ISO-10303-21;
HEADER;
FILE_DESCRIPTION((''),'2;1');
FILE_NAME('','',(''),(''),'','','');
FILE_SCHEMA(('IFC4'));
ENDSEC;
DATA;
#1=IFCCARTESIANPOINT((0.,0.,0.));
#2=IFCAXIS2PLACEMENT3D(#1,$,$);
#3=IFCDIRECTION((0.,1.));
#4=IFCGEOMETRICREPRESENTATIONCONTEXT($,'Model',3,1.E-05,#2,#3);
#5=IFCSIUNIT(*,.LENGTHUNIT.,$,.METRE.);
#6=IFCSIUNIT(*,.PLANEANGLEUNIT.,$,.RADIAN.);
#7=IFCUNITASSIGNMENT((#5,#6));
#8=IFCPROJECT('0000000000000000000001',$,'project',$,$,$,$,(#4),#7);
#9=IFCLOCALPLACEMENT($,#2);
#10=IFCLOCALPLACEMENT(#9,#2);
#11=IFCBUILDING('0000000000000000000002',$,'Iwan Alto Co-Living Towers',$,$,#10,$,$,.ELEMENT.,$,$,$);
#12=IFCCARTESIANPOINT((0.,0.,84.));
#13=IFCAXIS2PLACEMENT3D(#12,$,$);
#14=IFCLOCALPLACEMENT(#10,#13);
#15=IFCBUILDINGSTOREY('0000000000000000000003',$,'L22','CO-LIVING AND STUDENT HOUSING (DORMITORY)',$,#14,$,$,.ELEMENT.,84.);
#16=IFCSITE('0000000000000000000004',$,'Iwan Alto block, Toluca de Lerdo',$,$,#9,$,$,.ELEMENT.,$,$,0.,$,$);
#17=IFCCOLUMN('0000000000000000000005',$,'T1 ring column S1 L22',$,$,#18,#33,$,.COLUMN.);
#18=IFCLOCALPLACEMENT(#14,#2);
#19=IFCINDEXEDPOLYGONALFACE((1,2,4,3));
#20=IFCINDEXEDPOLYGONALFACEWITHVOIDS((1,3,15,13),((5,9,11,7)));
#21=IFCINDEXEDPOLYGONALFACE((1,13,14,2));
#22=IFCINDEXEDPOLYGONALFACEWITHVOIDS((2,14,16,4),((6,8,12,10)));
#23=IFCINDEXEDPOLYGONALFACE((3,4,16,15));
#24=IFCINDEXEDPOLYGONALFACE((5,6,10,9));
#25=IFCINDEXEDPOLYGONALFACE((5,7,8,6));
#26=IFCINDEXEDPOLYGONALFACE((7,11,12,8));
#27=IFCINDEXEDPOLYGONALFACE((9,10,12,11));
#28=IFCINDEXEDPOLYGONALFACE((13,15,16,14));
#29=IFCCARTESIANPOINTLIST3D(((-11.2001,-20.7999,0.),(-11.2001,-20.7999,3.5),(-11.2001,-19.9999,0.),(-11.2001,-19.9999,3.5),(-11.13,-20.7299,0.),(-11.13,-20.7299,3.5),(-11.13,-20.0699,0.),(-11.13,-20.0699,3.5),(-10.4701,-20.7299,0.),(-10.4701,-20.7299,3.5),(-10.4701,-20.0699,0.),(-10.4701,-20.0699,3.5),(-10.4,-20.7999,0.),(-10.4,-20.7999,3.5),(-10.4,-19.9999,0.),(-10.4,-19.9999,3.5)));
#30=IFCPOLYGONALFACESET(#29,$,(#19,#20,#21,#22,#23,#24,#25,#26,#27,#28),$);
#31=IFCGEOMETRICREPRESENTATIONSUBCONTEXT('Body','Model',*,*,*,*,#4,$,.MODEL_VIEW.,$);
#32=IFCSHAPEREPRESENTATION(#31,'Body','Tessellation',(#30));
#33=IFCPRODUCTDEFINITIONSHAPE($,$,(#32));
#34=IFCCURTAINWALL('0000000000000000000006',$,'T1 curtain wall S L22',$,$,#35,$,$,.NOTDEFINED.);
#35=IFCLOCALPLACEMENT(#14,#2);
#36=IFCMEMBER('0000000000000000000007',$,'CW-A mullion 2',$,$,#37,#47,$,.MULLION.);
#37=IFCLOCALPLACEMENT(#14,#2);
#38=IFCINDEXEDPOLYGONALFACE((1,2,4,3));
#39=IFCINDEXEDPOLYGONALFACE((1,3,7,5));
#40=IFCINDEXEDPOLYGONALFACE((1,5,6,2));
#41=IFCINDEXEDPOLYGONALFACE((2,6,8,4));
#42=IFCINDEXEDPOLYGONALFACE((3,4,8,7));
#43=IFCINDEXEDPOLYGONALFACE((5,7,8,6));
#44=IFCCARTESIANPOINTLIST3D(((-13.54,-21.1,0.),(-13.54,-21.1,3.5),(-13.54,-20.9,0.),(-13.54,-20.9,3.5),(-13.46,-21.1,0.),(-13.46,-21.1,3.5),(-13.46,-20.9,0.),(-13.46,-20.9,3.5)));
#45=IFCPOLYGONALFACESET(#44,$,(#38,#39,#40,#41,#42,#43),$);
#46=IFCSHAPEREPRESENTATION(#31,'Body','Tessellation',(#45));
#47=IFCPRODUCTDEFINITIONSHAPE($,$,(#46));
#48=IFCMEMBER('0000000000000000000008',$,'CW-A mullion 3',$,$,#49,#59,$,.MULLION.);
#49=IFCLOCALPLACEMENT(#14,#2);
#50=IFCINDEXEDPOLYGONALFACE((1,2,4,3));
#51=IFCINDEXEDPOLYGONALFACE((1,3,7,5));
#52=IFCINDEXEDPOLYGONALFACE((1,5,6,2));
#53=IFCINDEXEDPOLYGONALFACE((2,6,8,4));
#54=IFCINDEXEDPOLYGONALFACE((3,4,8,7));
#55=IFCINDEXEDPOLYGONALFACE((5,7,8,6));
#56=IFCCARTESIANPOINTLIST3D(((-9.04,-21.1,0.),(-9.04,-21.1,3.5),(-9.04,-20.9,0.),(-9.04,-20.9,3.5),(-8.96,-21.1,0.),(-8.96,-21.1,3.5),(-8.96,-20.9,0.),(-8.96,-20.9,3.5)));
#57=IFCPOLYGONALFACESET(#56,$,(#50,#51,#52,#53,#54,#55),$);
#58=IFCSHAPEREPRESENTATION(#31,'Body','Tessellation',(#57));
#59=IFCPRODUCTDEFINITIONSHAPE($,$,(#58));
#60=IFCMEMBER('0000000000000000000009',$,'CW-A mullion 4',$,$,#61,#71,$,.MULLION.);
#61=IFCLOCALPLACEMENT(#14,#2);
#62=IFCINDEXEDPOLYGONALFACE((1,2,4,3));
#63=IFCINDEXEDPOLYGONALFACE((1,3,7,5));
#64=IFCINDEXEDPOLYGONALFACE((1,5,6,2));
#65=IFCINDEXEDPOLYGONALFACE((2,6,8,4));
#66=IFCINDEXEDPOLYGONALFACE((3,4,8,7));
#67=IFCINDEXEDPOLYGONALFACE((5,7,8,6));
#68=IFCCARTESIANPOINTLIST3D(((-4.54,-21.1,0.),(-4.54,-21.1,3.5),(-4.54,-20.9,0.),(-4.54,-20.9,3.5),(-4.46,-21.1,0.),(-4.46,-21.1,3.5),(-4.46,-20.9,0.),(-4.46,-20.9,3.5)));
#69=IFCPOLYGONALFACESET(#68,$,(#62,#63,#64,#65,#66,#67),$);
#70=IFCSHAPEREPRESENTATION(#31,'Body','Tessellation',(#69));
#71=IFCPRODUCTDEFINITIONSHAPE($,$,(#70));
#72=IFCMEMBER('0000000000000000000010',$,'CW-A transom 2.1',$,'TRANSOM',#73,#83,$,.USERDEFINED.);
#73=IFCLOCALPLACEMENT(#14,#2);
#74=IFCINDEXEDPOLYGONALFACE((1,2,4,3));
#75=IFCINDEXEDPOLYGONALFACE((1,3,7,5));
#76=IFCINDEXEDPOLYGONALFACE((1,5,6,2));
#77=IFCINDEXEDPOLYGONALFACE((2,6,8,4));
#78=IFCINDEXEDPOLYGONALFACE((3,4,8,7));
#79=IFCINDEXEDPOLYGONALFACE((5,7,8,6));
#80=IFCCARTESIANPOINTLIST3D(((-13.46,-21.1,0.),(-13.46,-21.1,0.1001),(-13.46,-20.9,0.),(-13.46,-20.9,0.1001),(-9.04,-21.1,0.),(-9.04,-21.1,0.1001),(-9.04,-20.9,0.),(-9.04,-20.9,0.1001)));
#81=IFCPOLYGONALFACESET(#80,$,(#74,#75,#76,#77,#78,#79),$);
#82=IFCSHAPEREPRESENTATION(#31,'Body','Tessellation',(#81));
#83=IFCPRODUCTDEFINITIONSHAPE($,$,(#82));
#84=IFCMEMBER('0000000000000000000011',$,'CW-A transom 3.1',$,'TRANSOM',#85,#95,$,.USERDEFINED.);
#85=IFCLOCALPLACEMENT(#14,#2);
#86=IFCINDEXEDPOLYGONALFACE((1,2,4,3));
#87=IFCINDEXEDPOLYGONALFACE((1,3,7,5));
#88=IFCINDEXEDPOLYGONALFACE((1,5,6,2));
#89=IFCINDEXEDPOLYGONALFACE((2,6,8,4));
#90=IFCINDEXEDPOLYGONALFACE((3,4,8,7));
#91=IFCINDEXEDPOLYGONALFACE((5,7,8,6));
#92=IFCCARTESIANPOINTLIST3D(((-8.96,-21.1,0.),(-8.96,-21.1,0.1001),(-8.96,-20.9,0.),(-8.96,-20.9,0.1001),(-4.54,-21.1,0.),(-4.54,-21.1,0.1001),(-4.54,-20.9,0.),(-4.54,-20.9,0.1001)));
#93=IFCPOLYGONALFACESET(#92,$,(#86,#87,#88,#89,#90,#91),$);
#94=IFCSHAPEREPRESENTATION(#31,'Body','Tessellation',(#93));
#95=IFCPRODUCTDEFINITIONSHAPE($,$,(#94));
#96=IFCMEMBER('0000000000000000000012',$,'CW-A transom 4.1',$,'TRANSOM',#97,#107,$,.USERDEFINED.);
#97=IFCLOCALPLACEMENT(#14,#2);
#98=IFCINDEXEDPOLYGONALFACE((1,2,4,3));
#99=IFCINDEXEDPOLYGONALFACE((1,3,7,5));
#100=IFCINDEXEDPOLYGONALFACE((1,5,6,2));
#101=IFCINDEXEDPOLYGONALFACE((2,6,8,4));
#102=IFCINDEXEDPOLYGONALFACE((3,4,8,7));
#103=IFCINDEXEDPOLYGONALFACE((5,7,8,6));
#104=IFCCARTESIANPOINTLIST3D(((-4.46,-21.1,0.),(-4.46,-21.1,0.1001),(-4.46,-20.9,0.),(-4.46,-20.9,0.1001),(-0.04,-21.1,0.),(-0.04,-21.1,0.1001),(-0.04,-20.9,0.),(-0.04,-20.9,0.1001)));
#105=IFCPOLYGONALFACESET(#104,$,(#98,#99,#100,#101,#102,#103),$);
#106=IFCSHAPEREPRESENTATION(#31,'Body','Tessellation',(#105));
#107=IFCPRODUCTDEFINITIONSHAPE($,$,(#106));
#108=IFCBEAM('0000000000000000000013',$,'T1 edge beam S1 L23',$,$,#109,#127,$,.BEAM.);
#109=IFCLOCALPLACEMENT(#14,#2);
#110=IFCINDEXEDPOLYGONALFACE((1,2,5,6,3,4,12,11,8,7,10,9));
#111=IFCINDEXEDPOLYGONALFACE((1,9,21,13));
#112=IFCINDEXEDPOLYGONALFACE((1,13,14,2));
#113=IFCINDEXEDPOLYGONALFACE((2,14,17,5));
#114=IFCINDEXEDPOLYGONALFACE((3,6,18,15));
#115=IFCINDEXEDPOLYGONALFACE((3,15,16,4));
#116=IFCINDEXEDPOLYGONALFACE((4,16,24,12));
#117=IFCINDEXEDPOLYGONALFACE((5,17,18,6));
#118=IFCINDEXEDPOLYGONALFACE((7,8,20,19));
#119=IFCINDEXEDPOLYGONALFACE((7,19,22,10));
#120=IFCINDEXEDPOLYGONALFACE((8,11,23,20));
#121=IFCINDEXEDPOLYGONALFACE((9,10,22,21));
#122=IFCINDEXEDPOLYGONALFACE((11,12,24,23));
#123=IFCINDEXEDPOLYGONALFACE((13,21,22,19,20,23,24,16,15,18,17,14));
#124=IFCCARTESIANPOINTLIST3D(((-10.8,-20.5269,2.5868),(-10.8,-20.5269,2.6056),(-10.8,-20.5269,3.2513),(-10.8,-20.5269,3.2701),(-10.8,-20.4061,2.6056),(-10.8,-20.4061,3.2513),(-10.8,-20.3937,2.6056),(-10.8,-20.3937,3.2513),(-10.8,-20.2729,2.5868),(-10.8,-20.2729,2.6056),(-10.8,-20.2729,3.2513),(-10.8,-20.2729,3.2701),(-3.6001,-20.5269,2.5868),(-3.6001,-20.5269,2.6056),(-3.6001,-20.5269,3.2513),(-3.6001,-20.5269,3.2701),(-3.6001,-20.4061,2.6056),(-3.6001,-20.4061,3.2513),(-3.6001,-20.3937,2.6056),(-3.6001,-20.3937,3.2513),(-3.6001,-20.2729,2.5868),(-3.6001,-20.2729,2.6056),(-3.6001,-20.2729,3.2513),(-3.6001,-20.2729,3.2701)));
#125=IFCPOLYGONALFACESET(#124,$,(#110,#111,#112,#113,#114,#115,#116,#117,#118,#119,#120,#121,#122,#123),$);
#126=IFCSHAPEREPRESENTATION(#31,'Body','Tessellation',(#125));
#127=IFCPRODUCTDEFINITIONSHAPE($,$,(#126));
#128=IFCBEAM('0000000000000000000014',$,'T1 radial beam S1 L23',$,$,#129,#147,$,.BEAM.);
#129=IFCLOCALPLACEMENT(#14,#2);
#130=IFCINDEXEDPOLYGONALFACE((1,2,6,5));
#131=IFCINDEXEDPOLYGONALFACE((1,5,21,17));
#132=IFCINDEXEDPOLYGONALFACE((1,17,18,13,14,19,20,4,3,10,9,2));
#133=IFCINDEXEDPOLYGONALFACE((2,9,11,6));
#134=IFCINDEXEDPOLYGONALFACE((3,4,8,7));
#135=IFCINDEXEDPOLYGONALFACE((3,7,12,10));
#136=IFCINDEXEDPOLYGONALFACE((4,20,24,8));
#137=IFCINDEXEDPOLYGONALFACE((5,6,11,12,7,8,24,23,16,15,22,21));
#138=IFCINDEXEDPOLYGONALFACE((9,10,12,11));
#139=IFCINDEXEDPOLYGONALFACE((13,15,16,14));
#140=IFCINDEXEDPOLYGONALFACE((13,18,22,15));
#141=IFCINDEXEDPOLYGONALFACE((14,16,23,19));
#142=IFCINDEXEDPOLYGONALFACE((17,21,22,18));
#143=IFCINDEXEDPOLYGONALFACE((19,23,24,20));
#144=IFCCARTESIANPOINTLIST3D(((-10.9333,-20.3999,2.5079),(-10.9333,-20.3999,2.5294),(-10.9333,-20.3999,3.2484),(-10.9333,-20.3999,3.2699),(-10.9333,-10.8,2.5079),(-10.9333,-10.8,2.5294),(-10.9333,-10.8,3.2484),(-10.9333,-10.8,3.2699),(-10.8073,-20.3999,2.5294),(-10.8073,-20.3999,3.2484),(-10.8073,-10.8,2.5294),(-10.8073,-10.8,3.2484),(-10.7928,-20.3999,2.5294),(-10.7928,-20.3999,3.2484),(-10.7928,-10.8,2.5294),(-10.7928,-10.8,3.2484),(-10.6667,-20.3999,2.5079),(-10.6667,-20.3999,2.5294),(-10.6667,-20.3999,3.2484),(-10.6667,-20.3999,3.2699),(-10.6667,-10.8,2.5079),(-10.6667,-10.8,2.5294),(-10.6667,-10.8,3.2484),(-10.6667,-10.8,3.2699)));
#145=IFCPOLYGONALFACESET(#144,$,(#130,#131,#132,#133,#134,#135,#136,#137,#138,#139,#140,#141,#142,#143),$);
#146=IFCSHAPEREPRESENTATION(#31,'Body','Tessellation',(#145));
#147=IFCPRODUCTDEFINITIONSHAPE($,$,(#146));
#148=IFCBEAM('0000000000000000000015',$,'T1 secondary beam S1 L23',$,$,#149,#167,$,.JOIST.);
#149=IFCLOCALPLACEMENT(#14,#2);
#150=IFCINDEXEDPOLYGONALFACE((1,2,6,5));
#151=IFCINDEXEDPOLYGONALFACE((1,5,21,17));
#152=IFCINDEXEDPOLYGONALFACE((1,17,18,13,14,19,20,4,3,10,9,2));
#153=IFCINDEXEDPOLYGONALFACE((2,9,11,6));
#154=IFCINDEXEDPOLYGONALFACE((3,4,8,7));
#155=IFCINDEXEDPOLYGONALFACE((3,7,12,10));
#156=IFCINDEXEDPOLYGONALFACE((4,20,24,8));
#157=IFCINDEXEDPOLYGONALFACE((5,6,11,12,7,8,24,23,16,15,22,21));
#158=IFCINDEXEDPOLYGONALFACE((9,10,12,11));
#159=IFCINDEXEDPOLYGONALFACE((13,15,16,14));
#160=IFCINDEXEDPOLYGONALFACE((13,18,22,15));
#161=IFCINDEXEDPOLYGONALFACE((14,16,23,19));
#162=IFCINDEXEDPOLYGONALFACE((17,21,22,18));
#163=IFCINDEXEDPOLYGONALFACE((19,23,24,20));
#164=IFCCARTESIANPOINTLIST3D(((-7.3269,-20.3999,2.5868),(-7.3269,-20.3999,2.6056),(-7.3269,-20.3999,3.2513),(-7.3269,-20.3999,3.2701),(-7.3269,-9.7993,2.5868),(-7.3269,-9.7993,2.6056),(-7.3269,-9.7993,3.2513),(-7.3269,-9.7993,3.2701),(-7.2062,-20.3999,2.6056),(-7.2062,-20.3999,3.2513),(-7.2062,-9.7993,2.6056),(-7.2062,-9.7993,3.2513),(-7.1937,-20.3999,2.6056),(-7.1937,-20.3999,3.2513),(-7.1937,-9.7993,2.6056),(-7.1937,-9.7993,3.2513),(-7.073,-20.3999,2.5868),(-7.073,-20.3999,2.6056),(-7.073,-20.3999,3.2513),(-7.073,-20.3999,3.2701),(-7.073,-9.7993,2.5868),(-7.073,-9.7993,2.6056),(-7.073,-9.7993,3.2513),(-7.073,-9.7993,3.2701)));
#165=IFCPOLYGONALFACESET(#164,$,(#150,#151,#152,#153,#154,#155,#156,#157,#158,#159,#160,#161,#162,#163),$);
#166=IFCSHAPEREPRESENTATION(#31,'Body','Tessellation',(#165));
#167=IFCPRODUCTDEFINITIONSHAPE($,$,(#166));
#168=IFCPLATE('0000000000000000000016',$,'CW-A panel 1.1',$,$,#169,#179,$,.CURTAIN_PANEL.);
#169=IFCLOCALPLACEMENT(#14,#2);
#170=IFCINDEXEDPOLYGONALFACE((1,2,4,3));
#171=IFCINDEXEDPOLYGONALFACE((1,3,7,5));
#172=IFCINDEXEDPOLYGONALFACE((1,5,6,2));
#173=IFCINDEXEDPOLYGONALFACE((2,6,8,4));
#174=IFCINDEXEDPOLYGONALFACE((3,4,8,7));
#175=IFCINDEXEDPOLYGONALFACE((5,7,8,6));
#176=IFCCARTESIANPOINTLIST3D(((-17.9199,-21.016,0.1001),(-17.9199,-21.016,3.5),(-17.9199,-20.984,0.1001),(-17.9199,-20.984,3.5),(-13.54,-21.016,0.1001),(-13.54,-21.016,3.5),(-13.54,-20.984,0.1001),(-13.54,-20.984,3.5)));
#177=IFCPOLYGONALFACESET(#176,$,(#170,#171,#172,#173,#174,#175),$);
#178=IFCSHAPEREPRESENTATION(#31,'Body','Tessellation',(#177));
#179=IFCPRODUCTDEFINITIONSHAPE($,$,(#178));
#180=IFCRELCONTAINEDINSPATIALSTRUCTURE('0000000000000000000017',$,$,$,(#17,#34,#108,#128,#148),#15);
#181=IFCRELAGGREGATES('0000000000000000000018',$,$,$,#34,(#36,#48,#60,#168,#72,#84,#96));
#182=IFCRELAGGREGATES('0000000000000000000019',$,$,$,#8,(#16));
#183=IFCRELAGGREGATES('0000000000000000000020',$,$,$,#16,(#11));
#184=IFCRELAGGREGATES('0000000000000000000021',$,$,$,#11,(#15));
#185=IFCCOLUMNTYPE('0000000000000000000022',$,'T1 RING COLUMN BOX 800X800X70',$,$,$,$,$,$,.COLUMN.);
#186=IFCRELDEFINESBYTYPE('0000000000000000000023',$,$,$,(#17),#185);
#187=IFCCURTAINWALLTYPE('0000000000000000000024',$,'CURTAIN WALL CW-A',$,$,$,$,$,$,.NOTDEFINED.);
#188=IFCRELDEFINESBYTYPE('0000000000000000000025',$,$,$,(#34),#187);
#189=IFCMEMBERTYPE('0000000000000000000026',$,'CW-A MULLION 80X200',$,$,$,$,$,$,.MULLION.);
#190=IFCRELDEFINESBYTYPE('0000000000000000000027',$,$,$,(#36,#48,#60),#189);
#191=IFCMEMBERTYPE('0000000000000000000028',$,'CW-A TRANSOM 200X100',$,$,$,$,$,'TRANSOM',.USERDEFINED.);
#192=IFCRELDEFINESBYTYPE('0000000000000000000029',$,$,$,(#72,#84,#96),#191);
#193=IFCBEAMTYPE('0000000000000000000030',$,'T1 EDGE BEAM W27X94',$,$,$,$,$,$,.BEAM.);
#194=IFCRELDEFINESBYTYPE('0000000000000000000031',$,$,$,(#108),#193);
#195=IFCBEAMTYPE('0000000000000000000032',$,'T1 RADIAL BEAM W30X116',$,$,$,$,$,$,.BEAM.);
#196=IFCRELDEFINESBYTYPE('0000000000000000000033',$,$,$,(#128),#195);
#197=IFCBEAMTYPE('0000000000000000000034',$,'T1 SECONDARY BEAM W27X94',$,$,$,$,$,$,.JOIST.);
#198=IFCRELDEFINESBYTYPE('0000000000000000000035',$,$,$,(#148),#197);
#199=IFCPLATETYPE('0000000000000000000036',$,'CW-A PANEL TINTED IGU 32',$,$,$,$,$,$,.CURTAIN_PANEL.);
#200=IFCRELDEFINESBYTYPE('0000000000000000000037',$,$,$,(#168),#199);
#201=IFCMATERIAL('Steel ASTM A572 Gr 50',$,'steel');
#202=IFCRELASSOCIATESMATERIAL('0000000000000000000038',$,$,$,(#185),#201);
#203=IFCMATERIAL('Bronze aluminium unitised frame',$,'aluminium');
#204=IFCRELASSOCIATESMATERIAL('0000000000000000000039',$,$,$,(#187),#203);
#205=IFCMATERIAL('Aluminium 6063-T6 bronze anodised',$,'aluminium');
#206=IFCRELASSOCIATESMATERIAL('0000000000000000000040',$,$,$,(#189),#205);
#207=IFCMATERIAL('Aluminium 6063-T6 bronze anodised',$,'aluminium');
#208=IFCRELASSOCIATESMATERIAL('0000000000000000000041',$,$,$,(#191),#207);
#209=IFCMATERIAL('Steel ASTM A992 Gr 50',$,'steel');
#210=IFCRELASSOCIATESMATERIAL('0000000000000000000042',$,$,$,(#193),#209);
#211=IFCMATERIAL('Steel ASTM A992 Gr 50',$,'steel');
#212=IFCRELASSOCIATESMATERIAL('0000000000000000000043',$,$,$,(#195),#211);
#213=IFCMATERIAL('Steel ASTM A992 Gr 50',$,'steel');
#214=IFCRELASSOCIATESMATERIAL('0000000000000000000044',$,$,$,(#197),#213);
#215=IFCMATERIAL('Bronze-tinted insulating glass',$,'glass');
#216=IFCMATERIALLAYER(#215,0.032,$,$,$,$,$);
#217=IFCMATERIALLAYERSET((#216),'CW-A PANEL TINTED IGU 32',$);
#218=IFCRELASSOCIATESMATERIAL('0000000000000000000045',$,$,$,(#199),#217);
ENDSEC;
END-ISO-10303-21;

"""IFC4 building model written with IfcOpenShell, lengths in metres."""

from ifc_helpers import new_model, si_unit, direction, frame, origin, origin_2d, place, context, subcontext, project, spatial, rectangle, hollow_rectangle, i_section, extrude, material, layer, layer_set, material_profile, profile_set, type_object, element, aggregate, save


model = new_model("IFC4")

# Units and contexts
model_context = context("Model", 3, precision=1e-05, world=origin(), true_north=direction((0.0, 1.0)))
body_context = subcontext(model_context, "Body", "Model", "MODEL_VIEW")
ifc_project = project(units=[si_unit("LENGTHUNIT", "METRE"), si_unit("PLANEANGLEUNIT", "RADIAN")], contexts=[model_context])

# Site, building, storey
site_placement = place(None, origin())
site = spatial("IfcSite", under=ifc_project, at=site_placement, Name="Iwan Alto block, Toluca de Lerdo", CompositionType="ELEMENT", RefElevation=0.0)
building_placement = place(site_placement, origin())
building = spatial("IfcBuilding", under=site, at=building_placement, Name="Iwan Alto Co-Living Towers", CompositionType="ELEMENT")
storey_placement = place(building_placement, frame((0.0, 0.0, 84.0)))
storey = spatial("IfcBuildingStorey", under=building, at=storey_placement, Name="L22", Description="CO-LIVING AND STUDENT HOUSING (DORMITORY)", CompositionType="ELEMENT", Elevation=84.0)

# Column
ifc_material_1 = material(Name="Steel ASTM A572 Gr 50", Category="steel")
ifc_material_profile_1 = material_profile(ifc_material_1, hollow_rectangle(XDim=0.8, YDim=0.8, WallThickness=0.0701, at=origin_2d()), Name="BOX 800X800X70")
ifc_profile_set_1 = profile_set([ifc_material_profile_1], Name="Steel ASTM A572 Gr 50")
column_type = type_object("IfcColumnType", Name="T1 RING COLUMN BOX 800X800X70", PredefinedType="COLUMN", material=ifc_profile_set_1)
column_placement = place(storey_placement, frame((-10.8, -20.3999, 0.0), z_axis=(0.0, 0.0, 1.0), x_axis=(1.0, 0.0, 0.0)))
element("IfcColumn", 1, at=column_placement, inside=storey, type_object=column_type, Name="T1 ring column S1 L22", PredefinedType="COLUMN", context=body_context, shape_type="SweptSolid", body=[
    extrude(hollow_rectangle(XDim=0.8, YDim=0.8, WallThickness=0.0701, at=origin_2d()), origin(), (0.0, 0.0, 1.0), 3.5),
])

# Curtain wall, members
ifc_material_2 = material(Name="Bronze aluminium unitised frame", Category="aluminium")
curtain_wall_type = type_object("IfcCurtainWallType", Name="CURTAIN WALL CW-A", PredefinedType="NOTDEFINED", material=ifc_material_2)
curtain_wall_placement = place(storey_placement, origin())
curtain_wall = element("IfcCurtainWall", 2, at=curtain_wall_placement, inside=storey, type_object=curtain_wall_type, Name="T1 curtain wall S L22", PredefinedType="NOTDEFINED")
ifc_material_3 = material(Name="Aluminium 6063-T6 bronze anodised", Category="aluminium")
ifc_material_profile_2 = material_profile(ifc_material_3, rectangle(XDim=0.2, YDim=0.0801, at=origin_2d()), Name="AL 80X200")
ifc_profile_set_2 = profile_set([ifc_material_profile_2], Name="Aluminium 6063-T6 bronze anodised")
member_type_1 = type_object("IfcMemberType", Name="CW-A MULLION 80X200", PredefinedType="MULLION", material=ifc_profile_set_2)
member_1_placement = place(storey_placement, frame((-13.5, -21.0, 0.0), z_axis=(0.0, 0.0, 1.0), x_axis=(0.0, 1.0, 0.0)))
member_1 = element("IfcMember", 3, at=member_1_placement, type_object=member_type_1, Name="CW-A mullion 2", PredefinedType="MULLION", context=body_context, shape_type="SweptSolid", body=[
    extrude(rectangle(XDim=0.2, YDim=0.0801, at=origin_2d()), origin(), (0.0, 0.0, 1.0), 3.5),
])
member_2_placement = place(storey_placement, frame((-9.0, -21.0, 0.0), z_axis=(0.0, 0.0, 1.0), x_axis=(0.0, 1.0, 0.0)))
member_2 = element("IfcMember", 4, at=member_2_placement, type_object=member_type_1, Name="CW-A mullion 3", PredefinedType="MULLION", context=body_context, shape_type="SweptSolid", body=[
    extrude(rectangle(XDim=0.2, YDim=0.0801, at=origin_2d()), origin(), (0.0, 0.0, 1.0), 3.5),
])
member_3_placement = place(storey_placement, frame((-4.5, -21.0, 0.0), z_axis=(0.0, 0.0, 1.0), x_axis=(0.0, 1.0, 0.0)))
member_3 = element("IfcMember", 5, at=member_3_placement, type_object=member_type_1, Name="CW-A mullion 4", PredefinedType="MULLION", context=body_context, shape_type="SweptSolid", body=[
    extrude(rectangle(XDim=0.2, YDim=0.0801, at=origin_2d()), origin(), (0.0, 0.0, 1.0), 3.5),
])
ifc_material_4 = material(Name="Aluminium 6063-T6 bronze anodised", Category="aluminium")
ifc_material_profile_3 = material_profile(ifc_material_4, rectangle(XDim=0.2, YDim=0.1001, at=origin_2d()), Name="AL 200X100")
ifc_profile_set_3 = profile_set([ifc_material_profile_3], Name="Aluminium 6063-T6 bronze anodised")
member_type_2 = type_object("IfcMemberType", Name="CW-A TRANSOM 200X100", ElementType="TRANSOM", PredefinedType="USERDEFINED", material=ifc_profile_set_3)
member_4_placement = place(storey_placement, frame((-13.46, -21.0, 0.05), z_axis=(1.0, 0.0, 0.0), x_axis=(0.0, 1.0, 0.0)))
member_4 = element("IfcMember", 6, at=member_4_placement, type_object=member_type_2, Name="CW-A transom 2.1", ObjectType="TRANSOM", PredefinedType="USERDEFINED", context=body_context, shape_type="SweptSolid", body=[
    extrude(rectangle(XDim=0.2, YDim=0.1001, at=origin_2d()), origin(), (0.0, 0.0, 1.0), 4.4199),
])
member_5_placement = place(storey_placement, frame((-8.96, -21.0, 0.05), z_axis=(1.0, 0.0, 0.0), x_axis=(0.0, 1.0, 0.0)))
member_5 = element("IfcMember", 7, at=member_5_placement, type_object=member_type_2, Name="CW-A transom 3.1", ObjectType="TRANSOM", PredefinedType="USERDEFINED", context=body_context, shape_type="SweptSolid", body=[
    extrude(rectangle(XDim=0.2, YDim=0.1001, at=origin_2d()), origin(), (0.0, 0.0, 1.0), 4.4199),
])
member_6_placement = place(storey_placement, frame((-4.46, -21.0, 0.05), z_axis=(1.0, 0.0, 0.0), x_axis=(0.0, 1.0, 0.0)))
member_6 = element("IfcMember", 8, at=member_6_placement, type_object=member_type_2, Name="CW-A transom 4.1", ObjectType="TRANSOM", PredefinedType="USERDEFINED", context=body_context, shape_type="SweptSolid", body=[
    extrude(rectangle(XDim=0.2, YDim=0.1001, at=origin_2d()), origin(), (0.0, 0.0, 1.0), 4.4199),
])

# Beams
ifc_material_5 = material(Name="Steel ASTM A992 Gr 50", Category="steel")
ifc_material_profile_4 = material_profile(ifc_material_5, i_section(OverallWidth=0.2539, OverallDepth=0.6833, WebThickness=0.0125, FlangeThickness=0.0188, at=origin_2d()), Name="W27X94")
ifc_profile_set_4 = profile_set([ifc_material_profile_4], Name="Steel ASTM A992 Gr 50")
beam_type_1 = type_object("IfcBeamType", Name="T1 EDGE BEAM W27X94", PredefinedType="BEAM", material=ifc_profile_set_4)
beam_1_placement = place(storey_placement, frame((-10.8, -20.3999, 2.9285), z_axis=(1.0, 0.0, 0.0), x_axis=(0.0, 1.0, 0.0)))
element("IfcBeam", 9, at=beam_1_placement, inside=storey, type_object=beam_type_1, Name="T1 edge beam S1 L23", PredefinedType="BEAM", context=body_context, shape_type="SweptSolid", body=[
    extrude(i_section(OverallWidth=0.2539, OverallDepth=0.6833, WebThickness=0.0125, FlangeThickness=0.0188, at=origin_2d()), origin(), (0.0, 0.0, 1.0), 7.2),
])
ifc_material_6 = material(Name="Steel ASTM A992 Gr 50", Category="steel")
ifc_material_profile_5 = material_profile(ifc_material_6, i_section(OverallWidth=0.2666, OverallDepth=0.762, WebThickness=0.0144, FlangeThickness=0.0215, at=origin_2d()), Name="W30X116")
ifc_profile_set_5 = profile_set([ifc_material_profile_5], Name="Steel ASTM A992 Gr 50")
beam_type_2 = type_object("IfcBeamType", Name="T1 RADIAL BEAM W30X116", PredefinedType="BEAM", material=ifc_profile_set_5)
beam_2_placement = place(storey_placement, frame((-10.8, -20.3999, 2.8889), z_axis=(0.0, 1.0, 0.0), x_axis=(-1.0, 0.0, 0.0)))
element("IfcBeam", 10, at=beam_2_placement, inside=storey, type_object=beam_type_2, Name="T1 radial beam S1 L23", PredefinedType="BEAM", context=body_context, shape_type="SweptSolid", body=[
    extrude(i_section(OverallWidth=0.2666, OverallDepth=0.762, WebThickness=0.0144, FlangeThickness=0.0215, at=origin_2d()), origin(), (0.0, 0.0, 1.0), 9.5999),
])
ifc_material_7 = material(Name="Steel ASTM A992 Gr 50", Category="steel")
ifc_material_profile_6 = material_profile(ifc_material_7, i_section(OverallWidth=0.2539, OverallDepth=0.6833, WebThickness=0.0125, FlangeThickness=0.0188, at=origin_2d()), Name="W27X94")
ifc_profile_set_6 = profile_set([ifc_material_profile_6], Name="Steel ASTM A992 Gr 50")
beam_type_3 = type_object("IfcBeamType", Name="T1 SECONDARY BEAM W27X94", PredefinedType="JOIST", material=ifc_profile_set_6)
beam_3_placement = place(storey_placement, frame((-7.2, -20.3999, 2.9285), z_axis=(0.0, 1.0, 0.0), x_axis=(-1.0, 0.0, 0.0)))
element("IfcBeam", 11, at=beam_3_placement, inside=storey, type_object=beam_type_3, Name="T1 secondary beam S1 L23", PredefinedType="JOIST", context=body_context, shape_type="SweptSolid", body=[
    extrude(i_section(OverallWidth=0.2539, OverallDepth=0.6833, WebThickness=0.0125, FlangeThickness=0.0188, at=origin_2d()), origin(), (0.0, 0.0, 1.0), 10.6006),
])

# Plate
ifc_material_8 = material(Name="Bronze-tinted insulating glass", Category="glass")
ifc_layer_1 = layer(ifc_material_8, 0.032)
ifc_layer_set_1 = layer_set([ifc_layer_1], Name="CW-A PANEL TINTED IGU 32")
plate_type = type_object("IfcPlateType", Name="CW-A PANEL TINTED IGU 32", PredefinedType="CURTAIN_PANEL", material=ifc_layer_set_1)
plate_1_placement = place(storey_placement, frame((-15.73, -21.0, 0.1001), z_axis=(0.0, 0.0, 1.0), x_axis=(1.0, 0.0, 0.0)))
plate_1 = element("IfcPlate", 12, at=plate_1_placement, type_object=plate_type, Name="CW-A panel 1.1", PredefinedType="CURTAIN_PANEL", context=body_context, shape_type="SweptSolid", body=[
    extrude(rectangle(XDim=4.3799, YDim=0.032, at=origin_2d()), origin(), (0.0, 0.0, 1.0), 3.3999),
])
aggregate(curtain_wall, [member_1, member_2, member_3, plate_1, member_4, member_5, member_6])

save(model, "model.ifc")
